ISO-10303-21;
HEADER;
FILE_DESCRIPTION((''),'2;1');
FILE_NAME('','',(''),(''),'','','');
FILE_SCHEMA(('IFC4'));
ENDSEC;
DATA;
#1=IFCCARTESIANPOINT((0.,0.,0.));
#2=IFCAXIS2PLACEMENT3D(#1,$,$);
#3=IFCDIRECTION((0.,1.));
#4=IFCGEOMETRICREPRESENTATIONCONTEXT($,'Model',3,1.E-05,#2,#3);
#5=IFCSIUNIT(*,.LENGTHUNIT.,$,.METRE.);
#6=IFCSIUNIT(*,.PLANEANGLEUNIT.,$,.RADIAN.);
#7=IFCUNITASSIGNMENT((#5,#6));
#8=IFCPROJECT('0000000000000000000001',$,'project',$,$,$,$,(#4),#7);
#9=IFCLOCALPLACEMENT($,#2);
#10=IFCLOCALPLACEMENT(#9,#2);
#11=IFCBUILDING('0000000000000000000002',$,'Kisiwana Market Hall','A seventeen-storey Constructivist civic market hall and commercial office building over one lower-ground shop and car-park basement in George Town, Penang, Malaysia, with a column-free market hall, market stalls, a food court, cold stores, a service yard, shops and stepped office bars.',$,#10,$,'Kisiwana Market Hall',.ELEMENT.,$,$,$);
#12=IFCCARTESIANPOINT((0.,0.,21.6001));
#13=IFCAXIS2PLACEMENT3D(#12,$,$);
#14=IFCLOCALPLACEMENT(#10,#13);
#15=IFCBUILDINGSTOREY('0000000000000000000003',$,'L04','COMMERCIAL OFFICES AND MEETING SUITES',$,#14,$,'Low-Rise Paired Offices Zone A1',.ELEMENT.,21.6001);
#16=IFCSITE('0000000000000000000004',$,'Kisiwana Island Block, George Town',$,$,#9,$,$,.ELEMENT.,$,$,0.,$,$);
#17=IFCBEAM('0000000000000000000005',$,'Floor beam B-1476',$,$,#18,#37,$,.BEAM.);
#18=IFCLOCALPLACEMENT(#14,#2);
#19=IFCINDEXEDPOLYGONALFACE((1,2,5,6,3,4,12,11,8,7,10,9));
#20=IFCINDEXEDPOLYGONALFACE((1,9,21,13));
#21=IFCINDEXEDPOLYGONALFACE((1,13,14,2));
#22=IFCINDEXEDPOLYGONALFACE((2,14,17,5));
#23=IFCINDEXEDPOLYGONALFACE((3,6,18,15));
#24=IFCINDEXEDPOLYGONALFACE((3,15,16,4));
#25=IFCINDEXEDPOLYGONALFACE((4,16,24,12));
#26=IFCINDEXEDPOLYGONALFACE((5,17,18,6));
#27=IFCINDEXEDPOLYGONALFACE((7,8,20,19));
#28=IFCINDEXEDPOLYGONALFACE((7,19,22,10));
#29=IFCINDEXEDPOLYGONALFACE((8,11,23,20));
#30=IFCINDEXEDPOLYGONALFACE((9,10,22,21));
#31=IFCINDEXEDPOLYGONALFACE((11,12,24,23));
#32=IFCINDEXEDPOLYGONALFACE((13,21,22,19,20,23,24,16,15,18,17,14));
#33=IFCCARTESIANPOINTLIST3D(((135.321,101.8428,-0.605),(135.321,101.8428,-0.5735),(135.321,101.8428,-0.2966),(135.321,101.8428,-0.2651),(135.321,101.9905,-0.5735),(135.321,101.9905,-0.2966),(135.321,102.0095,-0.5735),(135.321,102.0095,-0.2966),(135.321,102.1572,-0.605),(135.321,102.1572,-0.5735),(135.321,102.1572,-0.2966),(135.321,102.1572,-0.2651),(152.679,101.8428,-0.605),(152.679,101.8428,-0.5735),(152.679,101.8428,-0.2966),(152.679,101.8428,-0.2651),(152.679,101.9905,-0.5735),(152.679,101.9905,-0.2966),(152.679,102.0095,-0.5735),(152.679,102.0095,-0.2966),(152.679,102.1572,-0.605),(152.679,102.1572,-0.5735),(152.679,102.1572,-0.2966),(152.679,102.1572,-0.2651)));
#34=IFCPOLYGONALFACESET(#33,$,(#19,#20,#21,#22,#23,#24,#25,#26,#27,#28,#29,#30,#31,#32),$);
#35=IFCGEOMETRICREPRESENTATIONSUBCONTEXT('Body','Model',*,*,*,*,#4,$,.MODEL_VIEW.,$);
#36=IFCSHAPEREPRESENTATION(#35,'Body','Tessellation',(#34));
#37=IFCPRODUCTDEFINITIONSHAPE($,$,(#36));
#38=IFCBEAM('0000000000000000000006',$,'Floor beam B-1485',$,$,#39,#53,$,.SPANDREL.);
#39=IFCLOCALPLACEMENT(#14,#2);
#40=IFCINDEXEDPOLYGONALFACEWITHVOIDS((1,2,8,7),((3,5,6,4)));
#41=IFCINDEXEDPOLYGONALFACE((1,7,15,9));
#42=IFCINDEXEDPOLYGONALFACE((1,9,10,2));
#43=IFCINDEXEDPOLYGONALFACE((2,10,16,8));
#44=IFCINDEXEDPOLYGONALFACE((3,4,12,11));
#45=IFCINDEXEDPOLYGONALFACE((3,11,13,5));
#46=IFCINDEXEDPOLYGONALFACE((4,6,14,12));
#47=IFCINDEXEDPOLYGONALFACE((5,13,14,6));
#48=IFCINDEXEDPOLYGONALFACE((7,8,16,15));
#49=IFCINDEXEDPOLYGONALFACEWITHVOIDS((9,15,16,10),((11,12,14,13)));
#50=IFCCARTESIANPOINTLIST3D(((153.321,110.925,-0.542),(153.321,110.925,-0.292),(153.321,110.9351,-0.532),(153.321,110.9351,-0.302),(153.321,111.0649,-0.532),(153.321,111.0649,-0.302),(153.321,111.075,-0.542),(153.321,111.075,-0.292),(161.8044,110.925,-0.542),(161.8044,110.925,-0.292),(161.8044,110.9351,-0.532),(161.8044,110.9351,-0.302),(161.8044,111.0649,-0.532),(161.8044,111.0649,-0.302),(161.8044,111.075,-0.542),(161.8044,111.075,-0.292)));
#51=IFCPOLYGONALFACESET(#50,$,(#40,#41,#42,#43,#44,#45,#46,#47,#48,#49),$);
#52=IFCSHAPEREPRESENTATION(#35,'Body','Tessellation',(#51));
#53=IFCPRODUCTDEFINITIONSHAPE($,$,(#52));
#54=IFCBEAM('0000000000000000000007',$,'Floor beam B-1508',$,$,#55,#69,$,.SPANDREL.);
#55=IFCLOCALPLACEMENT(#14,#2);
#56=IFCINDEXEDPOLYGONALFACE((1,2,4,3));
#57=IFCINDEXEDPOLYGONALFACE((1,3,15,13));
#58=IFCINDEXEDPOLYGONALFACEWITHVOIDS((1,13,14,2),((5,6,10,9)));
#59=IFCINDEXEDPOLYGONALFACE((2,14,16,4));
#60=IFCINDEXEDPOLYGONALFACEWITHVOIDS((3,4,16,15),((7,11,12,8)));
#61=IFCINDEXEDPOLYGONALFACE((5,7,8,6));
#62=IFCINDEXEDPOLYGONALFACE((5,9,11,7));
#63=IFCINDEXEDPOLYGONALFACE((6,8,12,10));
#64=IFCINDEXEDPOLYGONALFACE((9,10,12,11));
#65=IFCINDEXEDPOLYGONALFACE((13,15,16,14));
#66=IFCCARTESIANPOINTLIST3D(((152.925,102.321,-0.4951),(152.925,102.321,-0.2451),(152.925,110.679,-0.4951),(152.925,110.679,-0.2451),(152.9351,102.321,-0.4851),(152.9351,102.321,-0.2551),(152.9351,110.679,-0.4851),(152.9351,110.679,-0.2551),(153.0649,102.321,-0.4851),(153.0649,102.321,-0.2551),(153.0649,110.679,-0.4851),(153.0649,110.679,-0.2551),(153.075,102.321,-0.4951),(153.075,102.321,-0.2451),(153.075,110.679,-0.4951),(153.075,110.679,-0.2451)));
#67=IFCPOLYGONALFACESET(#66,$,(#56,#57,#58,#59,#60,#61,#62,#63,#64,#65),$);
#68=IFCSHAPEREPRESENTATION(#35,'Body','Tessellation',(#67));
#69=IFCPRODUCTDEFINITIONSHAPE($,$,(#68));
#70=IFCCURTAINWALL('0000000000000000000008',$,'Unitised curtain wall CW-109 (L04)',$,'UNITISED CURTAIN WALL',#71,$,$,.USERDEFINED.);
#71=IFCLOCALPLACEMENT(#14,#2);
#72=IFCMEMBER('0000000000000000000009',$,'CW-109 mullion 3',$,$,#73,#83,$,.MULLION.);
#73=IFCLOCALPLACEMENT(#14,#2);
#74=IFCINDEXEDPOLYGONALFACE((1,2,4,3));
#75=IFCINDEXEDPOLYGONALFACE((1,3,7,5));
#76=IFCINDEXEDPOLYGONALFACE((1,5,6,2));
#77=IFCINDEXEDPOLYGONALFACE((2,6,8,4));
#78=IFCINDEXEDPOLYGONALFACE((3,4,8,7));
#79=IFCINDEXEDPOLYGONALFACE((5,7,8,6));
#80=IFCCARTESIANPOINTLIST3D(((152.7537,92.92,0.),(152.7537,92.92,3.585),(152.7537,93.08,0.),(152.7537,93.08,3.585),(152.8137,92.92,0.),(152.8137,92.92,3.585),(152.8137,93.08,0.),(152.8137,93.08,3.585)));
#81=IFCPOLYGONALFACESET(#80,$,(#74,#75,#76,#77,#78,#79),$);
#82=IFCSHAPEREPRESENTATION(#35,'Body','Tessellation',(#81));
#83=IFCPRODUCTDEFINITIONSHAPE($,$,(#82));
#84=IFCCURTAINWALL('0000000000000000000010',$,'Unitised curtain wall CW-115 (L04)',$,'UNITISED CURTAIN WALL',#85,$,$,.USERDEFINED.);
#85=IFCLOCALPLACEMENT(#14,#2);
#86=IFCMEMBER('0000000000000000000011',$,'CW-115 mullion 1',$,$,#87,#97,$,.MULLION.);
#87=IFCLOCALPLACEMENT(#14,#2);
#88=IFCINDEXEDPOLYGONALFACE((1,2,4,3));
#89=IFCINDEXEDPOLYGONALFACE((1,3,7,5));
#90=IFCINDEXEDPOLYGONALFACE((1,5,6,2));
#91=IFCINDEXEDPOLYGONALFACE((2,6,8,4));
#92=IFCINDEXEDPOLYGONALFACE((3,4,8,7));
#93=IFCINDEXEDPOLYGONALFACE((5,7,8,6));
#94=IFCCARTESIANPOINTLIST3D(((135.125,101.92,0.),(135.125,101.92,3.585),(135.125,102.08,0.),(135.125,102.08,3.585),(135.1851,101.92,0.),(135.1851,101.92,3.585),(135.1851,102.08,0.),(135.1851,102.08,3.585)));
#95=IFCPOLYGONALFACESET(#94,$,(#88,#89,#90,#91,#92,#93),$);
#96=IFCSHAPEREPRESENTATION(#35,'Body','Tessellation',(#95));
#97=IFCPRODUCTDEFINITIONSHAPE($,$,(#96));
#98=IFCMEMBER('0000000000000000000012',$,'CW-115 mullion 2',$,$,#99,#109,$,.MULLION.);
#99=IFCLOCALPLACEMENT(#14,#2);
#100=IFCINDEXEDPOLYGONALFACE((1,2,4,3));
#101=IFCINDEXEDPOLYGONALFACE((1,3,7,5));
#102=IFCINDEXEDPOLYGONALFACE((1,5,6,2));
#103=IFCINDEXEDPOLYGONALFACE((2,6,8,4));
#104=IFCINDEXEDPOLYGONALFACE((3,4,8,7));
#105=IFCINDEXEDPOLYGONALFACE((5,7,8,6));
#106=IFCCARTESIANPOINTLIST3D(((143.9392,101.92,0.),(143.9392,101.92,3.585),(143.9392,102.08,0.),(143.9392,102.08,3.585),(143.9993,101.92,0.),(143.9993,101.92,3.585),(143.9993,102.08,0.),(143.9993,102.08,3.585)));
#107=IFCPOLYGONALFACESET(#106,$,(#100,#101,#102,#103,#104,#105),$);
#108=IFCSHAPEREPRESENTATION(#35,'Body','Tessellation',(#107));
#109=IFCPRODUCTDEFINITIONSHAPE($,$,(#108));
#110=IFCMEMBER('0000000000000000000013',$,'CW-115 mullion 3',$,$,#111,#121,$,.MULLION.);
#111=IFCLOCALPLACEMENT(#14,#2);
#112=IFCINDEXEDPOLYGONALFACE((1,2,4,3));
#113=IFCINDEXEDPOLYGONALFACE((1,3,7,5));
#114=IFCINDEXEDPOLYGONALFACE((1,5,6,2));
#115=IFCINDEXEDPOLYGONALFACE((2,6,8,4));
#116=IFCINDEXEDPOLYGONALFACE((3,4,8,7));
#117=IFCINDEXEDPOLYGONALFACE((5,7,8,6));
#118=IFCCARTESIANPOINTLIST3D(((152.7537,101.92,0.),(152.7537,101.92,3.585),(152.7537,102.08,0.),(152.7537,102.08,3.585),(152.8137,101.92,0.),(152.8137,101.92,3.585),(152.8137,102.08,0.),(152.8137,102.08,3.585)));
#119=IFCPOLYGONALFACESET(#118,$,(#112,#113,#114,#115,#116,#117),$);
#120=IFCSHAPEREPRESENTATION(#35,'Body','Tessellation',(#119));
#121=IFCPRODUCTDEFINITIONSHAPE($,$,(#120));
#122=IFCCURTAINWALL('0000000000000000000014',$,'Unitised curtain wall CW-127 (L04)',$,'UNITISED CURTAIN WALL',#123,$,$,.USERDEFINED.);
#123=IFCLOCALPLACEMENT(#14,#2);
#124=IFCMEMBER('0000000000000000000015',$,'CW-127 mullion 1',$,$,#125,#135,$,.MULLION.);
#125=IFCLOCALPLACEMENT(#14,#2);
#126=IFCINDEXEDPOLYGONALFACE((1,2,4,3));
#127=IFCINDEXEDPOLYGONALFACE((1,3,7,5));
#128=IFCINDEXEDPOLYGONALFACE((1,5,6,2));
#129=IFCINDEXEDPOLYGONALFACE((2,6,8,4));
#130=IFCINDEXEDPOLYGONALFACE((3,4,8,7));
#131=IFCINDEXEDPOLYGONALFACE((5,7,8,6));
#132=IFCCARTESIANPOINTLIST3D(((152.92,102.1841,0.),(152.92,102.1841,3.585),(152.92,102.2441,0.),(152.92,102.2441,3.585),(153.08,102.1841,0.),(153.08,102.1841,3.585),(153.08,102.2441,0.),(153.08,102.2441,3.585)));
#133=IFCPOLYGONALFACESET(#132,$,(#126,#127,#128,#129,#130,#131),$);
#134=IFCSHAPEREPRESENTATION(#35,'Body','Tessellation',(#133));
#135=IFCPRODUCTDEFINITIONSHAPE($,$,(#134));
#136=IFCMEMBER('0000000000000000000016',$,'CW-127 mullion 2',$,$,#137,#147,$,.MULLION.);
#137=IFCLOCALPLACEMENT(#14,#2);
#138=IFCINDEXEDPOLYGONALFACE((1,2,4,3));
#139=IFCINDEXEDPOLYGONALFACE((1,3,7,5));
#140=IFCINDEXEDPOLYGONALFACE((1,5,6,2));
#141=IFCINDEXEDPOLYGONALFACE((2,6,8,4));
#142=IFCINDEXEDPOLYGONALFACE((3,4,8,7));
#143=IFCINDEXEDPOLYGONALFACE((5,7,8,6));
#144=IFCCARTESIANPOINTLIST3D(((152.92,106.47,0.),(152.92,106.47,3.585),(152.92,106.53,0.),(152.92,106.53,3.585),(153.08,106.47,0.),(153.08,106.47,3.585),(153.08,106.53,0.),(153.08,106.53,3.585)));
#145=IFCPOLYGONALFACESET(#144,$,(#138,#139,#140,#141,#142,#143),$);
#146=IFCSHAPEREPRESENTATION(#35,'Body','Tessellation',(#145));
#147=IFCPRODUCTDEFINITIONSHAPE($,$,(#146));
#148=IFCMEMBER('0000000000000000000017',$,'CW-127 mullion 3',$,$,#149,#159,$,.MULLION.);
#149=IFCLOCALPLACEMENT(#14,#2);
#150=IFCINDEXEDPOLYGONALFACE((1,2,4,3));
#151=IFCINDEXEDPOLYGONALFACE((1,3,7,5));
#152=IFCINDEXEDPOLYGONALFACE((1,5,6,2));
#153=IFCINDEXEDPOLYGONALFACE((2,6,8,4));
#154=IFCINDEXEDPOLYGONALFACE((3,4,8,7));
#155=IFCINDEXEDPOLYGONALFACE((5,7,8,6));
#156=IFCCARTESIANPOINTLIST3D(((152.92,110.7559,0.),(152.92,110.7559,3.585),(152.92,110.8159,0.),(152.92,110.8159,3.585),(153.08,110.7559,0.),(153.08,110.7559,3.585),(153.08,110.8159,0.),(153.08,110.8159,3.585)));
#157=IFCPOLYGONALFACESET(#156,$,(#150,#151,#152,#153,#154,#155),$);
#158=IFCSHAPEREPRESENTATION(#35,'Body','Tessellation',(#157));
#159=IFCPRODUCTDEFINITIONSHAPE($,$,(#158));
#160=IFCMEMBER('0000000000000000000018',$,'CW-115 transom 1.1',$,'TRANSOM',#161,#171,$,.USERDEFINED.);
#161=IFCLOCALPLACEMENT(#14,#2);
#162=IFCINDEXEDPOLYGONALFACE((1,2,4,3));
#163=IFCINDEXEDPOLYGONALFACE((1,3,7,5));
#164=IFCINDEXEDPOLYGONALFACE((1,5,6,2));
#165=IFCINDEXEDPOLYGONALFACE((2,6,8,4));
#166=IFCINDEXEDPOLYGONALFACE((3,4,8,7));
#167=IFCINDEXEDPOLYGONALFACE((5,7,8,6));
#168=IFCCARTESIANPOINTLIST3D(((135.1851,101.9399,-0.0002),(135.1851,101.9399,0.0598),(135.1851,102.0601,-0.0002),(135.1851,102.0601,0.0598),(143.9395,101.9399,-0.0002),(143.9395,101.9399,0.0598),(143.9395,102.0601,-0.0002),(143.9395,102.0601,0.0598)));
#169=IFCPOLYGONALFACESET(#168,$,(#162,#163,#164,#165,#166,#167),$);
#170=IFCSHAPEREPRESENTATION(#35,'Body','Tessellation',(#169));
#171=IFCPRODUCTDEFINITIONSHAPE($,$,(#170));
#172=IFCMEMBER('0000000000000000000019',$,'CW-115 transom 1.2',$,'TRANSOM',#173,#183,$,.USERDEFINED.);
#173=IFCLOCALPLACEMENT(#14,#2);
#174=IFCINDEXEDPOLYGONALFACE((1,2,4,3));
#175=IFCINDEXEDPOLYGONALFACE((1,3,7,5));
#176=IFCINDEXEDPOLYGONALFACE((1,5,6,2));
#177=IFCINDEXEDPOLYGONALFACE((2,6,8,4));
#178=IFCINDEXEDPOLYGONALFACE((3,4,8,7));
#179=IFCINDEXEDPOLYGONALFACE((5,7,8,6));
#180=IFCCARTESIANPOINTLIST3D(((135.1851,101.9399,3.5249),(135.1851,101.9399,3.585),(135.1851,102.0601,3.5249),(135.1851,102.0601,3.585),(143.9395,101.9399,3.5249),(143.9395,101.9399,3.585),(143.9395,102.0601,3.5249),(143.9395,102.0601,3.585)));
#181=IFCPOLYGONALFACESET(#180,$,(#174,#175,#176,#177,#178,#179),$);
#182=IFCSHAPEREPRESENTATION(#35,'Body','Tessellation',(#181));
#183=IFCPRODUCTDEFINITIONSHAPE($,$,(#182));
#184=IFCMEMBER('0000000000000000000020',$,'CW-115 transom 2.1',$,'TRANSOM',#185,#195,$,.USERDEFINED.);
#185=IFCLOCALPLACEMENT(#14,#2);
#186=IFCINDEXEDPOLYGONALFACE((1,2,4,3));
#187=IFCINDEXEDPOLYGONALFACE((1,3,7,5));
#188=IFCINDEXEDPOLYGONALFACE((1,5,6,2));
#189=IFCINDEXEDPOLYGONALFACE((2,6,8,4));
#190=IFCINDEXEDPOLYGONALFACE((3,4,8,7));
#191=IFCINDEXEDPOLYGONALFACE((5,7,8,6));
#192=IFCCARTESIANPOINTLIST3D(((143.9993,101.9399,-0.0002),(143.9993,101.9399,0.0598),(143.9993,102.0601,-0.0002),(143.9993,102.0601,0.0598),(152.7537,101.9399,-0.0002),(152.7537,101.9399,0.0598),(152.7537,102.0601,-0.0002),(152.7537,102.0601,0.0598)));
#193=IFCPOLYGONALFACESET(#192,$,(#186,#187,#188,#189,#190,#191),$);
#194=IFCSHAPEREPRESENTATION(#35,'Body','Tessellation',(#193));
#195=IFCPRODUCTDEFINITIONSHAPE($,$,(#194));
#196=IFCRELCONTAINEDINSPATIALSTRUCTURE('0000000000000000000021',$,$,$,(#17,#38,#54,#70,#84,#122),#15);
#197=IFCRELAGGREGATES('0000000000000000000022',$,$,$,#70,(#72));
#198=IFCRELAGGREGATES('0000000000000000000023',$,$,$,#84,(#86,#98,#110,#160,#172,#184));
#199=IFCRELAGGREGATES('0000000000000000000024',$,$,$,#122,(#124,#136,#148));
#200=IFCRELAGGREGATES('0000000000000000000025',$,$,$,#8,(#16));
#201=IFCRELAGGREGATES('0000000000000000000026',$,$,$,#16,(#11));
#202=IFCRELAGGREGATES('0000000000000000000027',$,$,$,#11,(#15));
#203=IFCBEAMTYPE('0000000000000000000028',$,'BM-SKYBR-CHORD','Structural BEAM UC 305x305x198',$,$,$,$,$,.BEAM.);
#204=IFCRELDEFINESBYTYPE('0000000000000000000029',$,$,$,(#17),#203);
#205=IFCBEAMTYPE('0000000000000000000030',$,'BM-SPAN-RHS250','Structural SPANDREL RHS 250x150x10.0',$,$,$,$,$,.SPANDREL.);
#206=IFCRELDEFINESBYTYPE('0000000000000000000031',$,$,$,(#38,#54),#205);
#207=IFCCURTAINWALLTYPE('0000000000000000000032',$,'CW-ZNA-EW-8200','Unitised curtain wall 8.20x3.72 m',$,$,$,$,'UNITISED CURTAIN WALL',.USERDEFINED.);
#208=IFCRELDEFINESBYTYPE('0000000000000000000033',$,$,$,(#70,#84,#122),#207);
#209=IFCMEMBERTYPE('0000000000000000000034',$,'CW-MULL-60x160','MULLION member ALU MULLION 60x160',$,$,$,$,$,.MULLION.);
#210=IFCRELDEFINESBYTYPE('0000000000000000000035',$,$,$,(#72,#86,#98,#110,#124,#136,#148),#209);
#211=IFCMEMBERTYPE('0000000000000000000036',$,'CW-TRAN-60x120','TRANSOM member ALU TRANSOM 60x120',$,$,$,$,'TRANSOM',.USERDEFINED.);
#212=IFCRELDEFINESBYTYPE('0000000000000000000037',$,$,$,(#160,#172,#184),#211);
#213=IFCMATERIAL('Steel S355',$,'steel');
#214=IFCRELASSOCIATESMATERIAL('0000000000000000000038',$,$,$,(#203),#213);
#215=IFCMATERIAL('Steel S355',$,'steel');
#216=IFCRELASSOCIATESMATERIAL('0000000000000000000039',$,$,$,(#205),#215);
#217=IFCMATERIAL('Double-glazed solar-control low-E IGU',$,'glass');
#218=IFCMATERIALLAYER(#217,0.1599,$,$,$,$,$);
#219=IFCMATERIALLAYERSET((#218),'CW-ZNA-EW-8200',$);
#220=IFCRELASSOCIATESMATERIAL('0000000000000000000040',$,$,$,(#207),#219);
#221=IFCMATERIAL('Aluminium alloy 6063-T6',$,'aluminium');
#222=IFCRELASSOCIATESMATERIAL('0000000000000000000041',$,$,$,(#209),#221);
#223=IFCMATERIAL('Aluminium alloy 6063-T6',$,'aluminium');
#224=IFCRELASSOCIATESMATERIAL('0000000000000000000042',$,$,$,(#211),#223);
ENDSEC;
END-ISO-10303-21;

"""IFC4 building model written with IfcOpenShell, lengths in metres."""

from ifc_helpers import new_model, si_unit, direction, frame, origin, origin_2d, place, context, subcontext, project, spatial, rectangle, hollow_rectangle, i_section, extrude, material, layer, layer_set, material_profile, profile_set, type_object, element, aggregate, save


model = new_model("IFC4")

# Units and contexts
model_context = context("Model", 3, precision=1e-05, world=origin(), true_north=direction((0.0, 1.0)))
body_context = subcontext(model_context, "Body", "Model", "MODEL_VIEW")
ifc_project = project(units=[si_unit("LENGTHUNIT", "METRE"), si_unit("PLANEANGLEUNIT", "RADIAN")], contexts=[model_context])

# Site, building, storey
site_placement = place(None, origin())
site = spatial("IfcSite", under=ifc_project, at=site_placement, Name="Kisiwana Island Block, George Town", CompositionType="ELEMENT", RefElevation=0.0)
building_placement = place(site_placement, origin())
building = spatial("IfcBuilding", under=site, at=building_placement, Name="Kisiwana Market Hall", Description="A seventeen-storey Constructivist civic market hall and commercial office building over one lower-ground shop and car-park basement in George Town, Penang, Malaysia, with a column-free market hall, market stalls, a food court, cold stores, a service yard, shops and stepped office bars.", LongName="Kisiwana Market Hall", CompositionType="ELEMENT")
storey_placement = place(building_placement, frame((0.0, 0.0, 21.6001)))
storey = spatial("IfcBuildingStorey", under=building, at=storey_placement, Name="L04", Description="COMMERCIAL OFFICES AND MEETING SUITES", LongName="Low-Rise Paired Offices Zone A1", CompositionType="ELEMENT", Elevation=21.6001)

# Beams
ifc_material_1 = material(Name="Steel S355", Category="steel")
ifc_material_profile_1 = material_profile(ifc_material_1, i_section(OverallWidth=0.3145, OverallDepth=0.3398, WebThickness=0.019, FlangeThickness=0.0315, at=origin_2d()), Name="UC 305x305x198")
ifc_profile_set_1 = profile_set([ifc_material_profile_1], Name="Steel S355")
beam_type_1 = type_object("IfcBeamType", Name="BM-SKYBR-CHORD", Description="Structural BEAM UC 305x305x198", PredefinedType="BEAM", material=ifc_profile_set_1)
beam_1_placement = place(storey_placement, frame((135.321, 102.0, -0.4351), z_axis=(1.0, 0.0, 0.0), x_axis=(0.0, 1.0, 0.0)))
element("IfcBeam", 1, at=beam_1_placement, inside=storey, type_object=beam_type_1, Name="Floor beam B-1476", PredefinedType="BEAM", context=body_context, shape_type="SweptSolid", body=[
    extrude(i_section(OverallWidth=0.3145, OverallDepth=0.3398, WebThickness=0.019, FlangeThickness=0.0315, at=origin_2d()), origin(), (0.0, 0.0, 1.0), 17.3579),
])
ifc_material_2 = material(Name="Steel S355", Category="steel")
ifc_material_profile_2 = material_profile(ifc_material_2, hollow_rectangle(XDim=0.1499, YDim=0.25, WallThickness=0.01, at=origin_2d()), Name="RHS 250x150x10.0")
ifc_profile_set_2 = profile_set([ifc_material_profile_2], Name="Steel S355")
beam_type_2 = type_object("IfcBeamType", Name="BM-SPAN-RHS250", Description="Structural SPANDREL RHS 250x150x10.0", PredefinedType="SPANDREL", material=ifc_profile_set_2)
beam_2_placement = place(storey_placement, frame((153.321, 111.0, -0.417), z_axis=(1.0, 0.0, 0.0), x_axis=(0.0, 1.0, 0.0)))
element("IfcBeam", 2, at=beam_2_placement, inside=storey, type_object=beam_type_2, Name="Floor beam B-1485", PredefinedType="SPANDREL", context=body_context, shape_type="SweptSolid", body=[
    extrude(hollow_rectangle(XDim=0.1499, YDim=0.25, WallThickness=0.01, at=origin_2d()), origin(), (0.0, 0.0, 1.0), 8.4834),
])
beam_3_placement = place(storey_placement, frame((153.0, 102.321, -0.3701), z_axis=(0.0, 1.0, 0.0), x_axis=(-1.0, 0.0, 0.0)))
element("IfcBeam", 3, at=beam_3_placement, inside=storey, type_object=beam_type_2, Name="Floor beam B-1508", PredefinedType="SPANDREL", context=body_context, shape_type="SweptSolid", body=[
    extrude(hollow_rectangle(XDim=0.1499, YDim=0.25, WallThickness=0.01, at=origin_2d()), origin(), (0.0, 0.0, 1.0), 8.3579),
])

# Curtain wall, member
ifc_material_3 = material(Name="Double-glazed solar-control low-E IGU", Category="glass")
ifc_layer_1 = layer(ifc_material_3, 0.1599)
ifc_layer_set_1 = layer_set([ifc_layer_1], Name="CW-ZNA-EW-8200")
curtain_wall_type = type_object("IfcCurtainWallType", Name="CW-ZNA-EW-8200", Description="Unitised curtain wall 8.20x3.72 m", ElementType="UNITISED CURTAIN WALL", PredefinedType="USERDEFINED", material=ifc_layer_set_1)
curtain_wall_1_placement = place(storey_placement, origin())
curtain_wall_1 = element("IfcCurtainWall", 4, at=curtain_wall_1_placement, inside=storey, type_object=curtain_wall_type, Name="Unitised curtain wall CW-109 (L04)", ObjectType="UNITISED CURTAIN WALL", PredefinedType="USERDEFINED")
ifc_material_4 = material(Name="Aluminium alloy 6063-T6", Category="aluminium")
ifc_material_profile_3 = material_profile(ifc_material_4, rectangle(XDim=0.0601, YDim=0.1599, at=origin_2d()), Name="ALU MULLION 60x160")
ifc_profile_set_3 = profile_set([ifc_material_profile_3], Name="Aluminium alloy 6063-T6")
member_type_1 = type_object("IfcMemberType", Name="CW-MULL-60x160", Description="MULLION member ALU MULLION 60x160", PredefinedType="MULLION", material=ifc_profile_set_3)
member_1_placement = place(storey_placement, frame((152.7837, 93.0, 0.0), z_axis=(0.0, 0.0, 1.0), x_axis=(1.0, 0.0, 0.0)))
member_1 = element("IfcMember", 5, at=member_1_placement, type_object=member_type_1, Name="CW-109 mullion 3", PredefinedType="MULLION", context=body_context, shape_type="SweptSolid", body=[
    extrude(rectangle(XDim=0.0601, YDim=0.1599, at=origin_2d()), origin(), (0.0, 0.0, 1.0), 3.585),
])

# Curtain walls, members
curtain_wall_2_placement = place(storey_placement, origin())
curtain_wall_2 = element("IfcCurtainWall", 6, at=curtain_wall_2_placement, inside=storey, type_object=curtain_wall_type, Name="Unitised curtain wall CW-115 (L04)", ObjectType="UNITISED CURTAIN WALL", PredefinedType="USERDEFINED")
member_2_placement = place(storey_placement, frame((135.155, 102.0, 0.0), z_axis=(0.0, 0.0, 1.0), x_axis=(1.0, 0.0, 0.0)))
member_2 = element("IfcMember", 7, at=member_2_placement, type_object=member_type_1, Name="CW-115 mullion 1", PredefinedType="MULLION", context=body_context, shape_type="SweptSolid", body=[
    extrude(rectangle(XDim=0.0601, YDim=0.1599, at=origin_2d()), origin(), (0.0, 0.0, 1.0), 3.585),
])
member_3_placement = place(storey_placement, frame((143.9692, 102.0, 0.0), z_axis=(0.0, 0.0, 1.0), x_axis=(1.0, 0.0, 0.0)))
member_3 = element("IfcMember", 8, at=member_3_placement, type_object=member_type_1, Name="CW-115 mullion 2", PredefinedType="MULLION", context=body_context, shape_type="SweptSolid", body=[
    extrude(rectangle(XDim=0.0601, YDim=0.1599, at=origin_2d()), origin(), (0.0, 0.0, 1.0), 3.585),
])
member_4_placement = place(storey_placement, frame((152.7837, 102.0, 0.0), z_axis=(0.0, 0.0, 1.0), x_axis=(1.0, 0.0, 0.0)))
member_4 = element("IfcMember", 9, at=member_4_placement, type_object=member_type_1, Name="CW-115 mullion 3", PredefinedType="MULLION", context=body_context, shape_type="SweptSolid", body=[
    extrude(rectangle(XDim=0.0601, YDim=0.1599, at=origin_2d()), origin(), (0.0, 0.0, 1.0), 3.585),
])
curtain_wall_3_placement = place(storey_placement, origin())
curtain_wall_3 = element("IfcCurtainWall", 10, at=curtain_wall_3_placement, inside=storey, type_object=curtain_wall_type, Name="Unitised curtain wall CW-127 (L04)", ObjectType="UNITISED CURTAIN WALL", PredefinedType="USERDEFINED")
member_5_placement = place(storey_placement, frame((153.0, 102.2141, 0.0), z_axis=(0.0, 0.0, 1.0), x_axis=(0.0, 1.0, 0.0)))
member_5 = element("IfcMember", 11, at=member_5_placement, type_object=member_type_1, Name="CW-127 mullion 1", PredefinedType="MULLION", context=body_context, shape_type="SweptSolid", body=[
    extrude(rectangle(XDim=0.0601, YDim=0.1599, at=origin_2d()), origin(), (0.0, 0.0, 1.0), 3.585),
])
member_6_placement = place(storey_placement, frame((153.0, 106.5, 0.0), z_axis=(0.0, 0.0, 1.0), x_axis=(0.0, 1.0, 0.0)))
member_6 = element("IfcMember", 12, at=member_6_placement, type_object=member_type_1, Name="CW-127 mullion 2", PredefinedType="MULLION", context=body_context, shape_type="SweptSolid", body=[
    extrude(rectangle(XDim=0.0601, YDim=0.1599, at=origin_2d()), origin(), (0.0, 0.0, 1.0), 3.585),
])
member_7_placement = place(storey_placement, frame((153.0, 110.7859, 0.0), z_axis=(0.0, 0.0, 1.0), x_axis=(0.0, 1.0, 0.0)))
member_7 = element("IfcMember", 13, at=member_7_placement, type_object=member_type_1, Name="CW-127 mullion 3", PredefinedType="MULLION", context=body_context, shape_type="SweptSolid", body=[
    extrude(rectangle(XDim=0.0601, YDim=0.1599, at=origin_2d()), origin(), (0.0, 0.0, 1.0), 3.585),
])

# Members
ifc_material_5 = material(Name="Aluminium alloy 6063-T6", Category="aluminium")
ifc_material_profile_4 = material_profile(ifc_material_5, rectangle(XDim=0.1201, YDim=0.0601, at=origin_2d()), Name="ALU TRANSOM 60x120")
ifc_profile_set_4 = profile_set([ifc_material_profile_4], Name="Aluminium alloy 6063-T6")
member_type_2 = type_object("IfcMemberType", Name="CW-TRAN-60x120", Description="TRANSOM member ALU TRANSOM 60x120", ElementType="TRANSOM", PredefinedType="USERDEFINED", material=ifc_profile_set_4)
member_8_placement = place(storey_placement, frame((135.1851, 102.0, 0.0298), z_axis=(1.0, 0.0, 0.0), x_axis=(0.0, 1.0, 0.0)))
member_8 = element("IfcMember", 14, at=member_8_placement, type_object=member_type_2, Name="CW-115 transom 1.1", ObjectType="TRANSOM", PredefinedType="USERDEFINED", context=body_context, shape_type="SweptSolid", body=[
    extrude(rectangle(XDim=0.1201, YDim=0.0601, at=origin_2d()), origin(), (0.0, 0.0, 1.0), 8.7544),
])
member_9_placement = place(storey_placement, frame((135.1851, 102.0, 3.5549), z_axis=(1.0, 0.0, 0.0), x_axis=(0.0, 1.0, 0.0)))
member_9 = element("IfcMember", 15, at=member_9_placement, type_object=member_type_2, Name="CW-115 transom 1.2", ObjectType="TRANSOM", PredefinedType="USERDEFINED", context=body_context, shape_type="SweptSolid", body=[
    extrude(rectangle(XDim=0.1201, YDim=0.0601, at=origin_2d()), origin(), (0.0, 0.0, 1.0), 8.7544),
])
member_10_placement = place(storey_placement, frame((143.9993, 102.0, 0.0298), z_axis=(1.0, 0.0, 0.0), x_axis=(0.0, 1.0, 0.0)))
member_10 = element("IfcMember", 16, at=member_10_placement, type_object=member_type_2, Name="CW-115 transom 2.1", ObjectType="TRANSOM", PredefinedType="USERDEFINED", context=body_context, shape_type="SweptSolid", body=[
    extrude(rectangle(XDim=0.1201, YDim=0.0601, at=origin_2d()), origin(), (0.0, 0.0, 1.0), 8.7544),
])

aggregate(curtain_wall_1, [member_1])
aggregate(curtain_wall_2, [member_2, member_3, member_4, member_8, member_9, member_10])
aggregate(curtain_wall_3, [member_5, member_6, member_7])

save(model, "model.ifc")
